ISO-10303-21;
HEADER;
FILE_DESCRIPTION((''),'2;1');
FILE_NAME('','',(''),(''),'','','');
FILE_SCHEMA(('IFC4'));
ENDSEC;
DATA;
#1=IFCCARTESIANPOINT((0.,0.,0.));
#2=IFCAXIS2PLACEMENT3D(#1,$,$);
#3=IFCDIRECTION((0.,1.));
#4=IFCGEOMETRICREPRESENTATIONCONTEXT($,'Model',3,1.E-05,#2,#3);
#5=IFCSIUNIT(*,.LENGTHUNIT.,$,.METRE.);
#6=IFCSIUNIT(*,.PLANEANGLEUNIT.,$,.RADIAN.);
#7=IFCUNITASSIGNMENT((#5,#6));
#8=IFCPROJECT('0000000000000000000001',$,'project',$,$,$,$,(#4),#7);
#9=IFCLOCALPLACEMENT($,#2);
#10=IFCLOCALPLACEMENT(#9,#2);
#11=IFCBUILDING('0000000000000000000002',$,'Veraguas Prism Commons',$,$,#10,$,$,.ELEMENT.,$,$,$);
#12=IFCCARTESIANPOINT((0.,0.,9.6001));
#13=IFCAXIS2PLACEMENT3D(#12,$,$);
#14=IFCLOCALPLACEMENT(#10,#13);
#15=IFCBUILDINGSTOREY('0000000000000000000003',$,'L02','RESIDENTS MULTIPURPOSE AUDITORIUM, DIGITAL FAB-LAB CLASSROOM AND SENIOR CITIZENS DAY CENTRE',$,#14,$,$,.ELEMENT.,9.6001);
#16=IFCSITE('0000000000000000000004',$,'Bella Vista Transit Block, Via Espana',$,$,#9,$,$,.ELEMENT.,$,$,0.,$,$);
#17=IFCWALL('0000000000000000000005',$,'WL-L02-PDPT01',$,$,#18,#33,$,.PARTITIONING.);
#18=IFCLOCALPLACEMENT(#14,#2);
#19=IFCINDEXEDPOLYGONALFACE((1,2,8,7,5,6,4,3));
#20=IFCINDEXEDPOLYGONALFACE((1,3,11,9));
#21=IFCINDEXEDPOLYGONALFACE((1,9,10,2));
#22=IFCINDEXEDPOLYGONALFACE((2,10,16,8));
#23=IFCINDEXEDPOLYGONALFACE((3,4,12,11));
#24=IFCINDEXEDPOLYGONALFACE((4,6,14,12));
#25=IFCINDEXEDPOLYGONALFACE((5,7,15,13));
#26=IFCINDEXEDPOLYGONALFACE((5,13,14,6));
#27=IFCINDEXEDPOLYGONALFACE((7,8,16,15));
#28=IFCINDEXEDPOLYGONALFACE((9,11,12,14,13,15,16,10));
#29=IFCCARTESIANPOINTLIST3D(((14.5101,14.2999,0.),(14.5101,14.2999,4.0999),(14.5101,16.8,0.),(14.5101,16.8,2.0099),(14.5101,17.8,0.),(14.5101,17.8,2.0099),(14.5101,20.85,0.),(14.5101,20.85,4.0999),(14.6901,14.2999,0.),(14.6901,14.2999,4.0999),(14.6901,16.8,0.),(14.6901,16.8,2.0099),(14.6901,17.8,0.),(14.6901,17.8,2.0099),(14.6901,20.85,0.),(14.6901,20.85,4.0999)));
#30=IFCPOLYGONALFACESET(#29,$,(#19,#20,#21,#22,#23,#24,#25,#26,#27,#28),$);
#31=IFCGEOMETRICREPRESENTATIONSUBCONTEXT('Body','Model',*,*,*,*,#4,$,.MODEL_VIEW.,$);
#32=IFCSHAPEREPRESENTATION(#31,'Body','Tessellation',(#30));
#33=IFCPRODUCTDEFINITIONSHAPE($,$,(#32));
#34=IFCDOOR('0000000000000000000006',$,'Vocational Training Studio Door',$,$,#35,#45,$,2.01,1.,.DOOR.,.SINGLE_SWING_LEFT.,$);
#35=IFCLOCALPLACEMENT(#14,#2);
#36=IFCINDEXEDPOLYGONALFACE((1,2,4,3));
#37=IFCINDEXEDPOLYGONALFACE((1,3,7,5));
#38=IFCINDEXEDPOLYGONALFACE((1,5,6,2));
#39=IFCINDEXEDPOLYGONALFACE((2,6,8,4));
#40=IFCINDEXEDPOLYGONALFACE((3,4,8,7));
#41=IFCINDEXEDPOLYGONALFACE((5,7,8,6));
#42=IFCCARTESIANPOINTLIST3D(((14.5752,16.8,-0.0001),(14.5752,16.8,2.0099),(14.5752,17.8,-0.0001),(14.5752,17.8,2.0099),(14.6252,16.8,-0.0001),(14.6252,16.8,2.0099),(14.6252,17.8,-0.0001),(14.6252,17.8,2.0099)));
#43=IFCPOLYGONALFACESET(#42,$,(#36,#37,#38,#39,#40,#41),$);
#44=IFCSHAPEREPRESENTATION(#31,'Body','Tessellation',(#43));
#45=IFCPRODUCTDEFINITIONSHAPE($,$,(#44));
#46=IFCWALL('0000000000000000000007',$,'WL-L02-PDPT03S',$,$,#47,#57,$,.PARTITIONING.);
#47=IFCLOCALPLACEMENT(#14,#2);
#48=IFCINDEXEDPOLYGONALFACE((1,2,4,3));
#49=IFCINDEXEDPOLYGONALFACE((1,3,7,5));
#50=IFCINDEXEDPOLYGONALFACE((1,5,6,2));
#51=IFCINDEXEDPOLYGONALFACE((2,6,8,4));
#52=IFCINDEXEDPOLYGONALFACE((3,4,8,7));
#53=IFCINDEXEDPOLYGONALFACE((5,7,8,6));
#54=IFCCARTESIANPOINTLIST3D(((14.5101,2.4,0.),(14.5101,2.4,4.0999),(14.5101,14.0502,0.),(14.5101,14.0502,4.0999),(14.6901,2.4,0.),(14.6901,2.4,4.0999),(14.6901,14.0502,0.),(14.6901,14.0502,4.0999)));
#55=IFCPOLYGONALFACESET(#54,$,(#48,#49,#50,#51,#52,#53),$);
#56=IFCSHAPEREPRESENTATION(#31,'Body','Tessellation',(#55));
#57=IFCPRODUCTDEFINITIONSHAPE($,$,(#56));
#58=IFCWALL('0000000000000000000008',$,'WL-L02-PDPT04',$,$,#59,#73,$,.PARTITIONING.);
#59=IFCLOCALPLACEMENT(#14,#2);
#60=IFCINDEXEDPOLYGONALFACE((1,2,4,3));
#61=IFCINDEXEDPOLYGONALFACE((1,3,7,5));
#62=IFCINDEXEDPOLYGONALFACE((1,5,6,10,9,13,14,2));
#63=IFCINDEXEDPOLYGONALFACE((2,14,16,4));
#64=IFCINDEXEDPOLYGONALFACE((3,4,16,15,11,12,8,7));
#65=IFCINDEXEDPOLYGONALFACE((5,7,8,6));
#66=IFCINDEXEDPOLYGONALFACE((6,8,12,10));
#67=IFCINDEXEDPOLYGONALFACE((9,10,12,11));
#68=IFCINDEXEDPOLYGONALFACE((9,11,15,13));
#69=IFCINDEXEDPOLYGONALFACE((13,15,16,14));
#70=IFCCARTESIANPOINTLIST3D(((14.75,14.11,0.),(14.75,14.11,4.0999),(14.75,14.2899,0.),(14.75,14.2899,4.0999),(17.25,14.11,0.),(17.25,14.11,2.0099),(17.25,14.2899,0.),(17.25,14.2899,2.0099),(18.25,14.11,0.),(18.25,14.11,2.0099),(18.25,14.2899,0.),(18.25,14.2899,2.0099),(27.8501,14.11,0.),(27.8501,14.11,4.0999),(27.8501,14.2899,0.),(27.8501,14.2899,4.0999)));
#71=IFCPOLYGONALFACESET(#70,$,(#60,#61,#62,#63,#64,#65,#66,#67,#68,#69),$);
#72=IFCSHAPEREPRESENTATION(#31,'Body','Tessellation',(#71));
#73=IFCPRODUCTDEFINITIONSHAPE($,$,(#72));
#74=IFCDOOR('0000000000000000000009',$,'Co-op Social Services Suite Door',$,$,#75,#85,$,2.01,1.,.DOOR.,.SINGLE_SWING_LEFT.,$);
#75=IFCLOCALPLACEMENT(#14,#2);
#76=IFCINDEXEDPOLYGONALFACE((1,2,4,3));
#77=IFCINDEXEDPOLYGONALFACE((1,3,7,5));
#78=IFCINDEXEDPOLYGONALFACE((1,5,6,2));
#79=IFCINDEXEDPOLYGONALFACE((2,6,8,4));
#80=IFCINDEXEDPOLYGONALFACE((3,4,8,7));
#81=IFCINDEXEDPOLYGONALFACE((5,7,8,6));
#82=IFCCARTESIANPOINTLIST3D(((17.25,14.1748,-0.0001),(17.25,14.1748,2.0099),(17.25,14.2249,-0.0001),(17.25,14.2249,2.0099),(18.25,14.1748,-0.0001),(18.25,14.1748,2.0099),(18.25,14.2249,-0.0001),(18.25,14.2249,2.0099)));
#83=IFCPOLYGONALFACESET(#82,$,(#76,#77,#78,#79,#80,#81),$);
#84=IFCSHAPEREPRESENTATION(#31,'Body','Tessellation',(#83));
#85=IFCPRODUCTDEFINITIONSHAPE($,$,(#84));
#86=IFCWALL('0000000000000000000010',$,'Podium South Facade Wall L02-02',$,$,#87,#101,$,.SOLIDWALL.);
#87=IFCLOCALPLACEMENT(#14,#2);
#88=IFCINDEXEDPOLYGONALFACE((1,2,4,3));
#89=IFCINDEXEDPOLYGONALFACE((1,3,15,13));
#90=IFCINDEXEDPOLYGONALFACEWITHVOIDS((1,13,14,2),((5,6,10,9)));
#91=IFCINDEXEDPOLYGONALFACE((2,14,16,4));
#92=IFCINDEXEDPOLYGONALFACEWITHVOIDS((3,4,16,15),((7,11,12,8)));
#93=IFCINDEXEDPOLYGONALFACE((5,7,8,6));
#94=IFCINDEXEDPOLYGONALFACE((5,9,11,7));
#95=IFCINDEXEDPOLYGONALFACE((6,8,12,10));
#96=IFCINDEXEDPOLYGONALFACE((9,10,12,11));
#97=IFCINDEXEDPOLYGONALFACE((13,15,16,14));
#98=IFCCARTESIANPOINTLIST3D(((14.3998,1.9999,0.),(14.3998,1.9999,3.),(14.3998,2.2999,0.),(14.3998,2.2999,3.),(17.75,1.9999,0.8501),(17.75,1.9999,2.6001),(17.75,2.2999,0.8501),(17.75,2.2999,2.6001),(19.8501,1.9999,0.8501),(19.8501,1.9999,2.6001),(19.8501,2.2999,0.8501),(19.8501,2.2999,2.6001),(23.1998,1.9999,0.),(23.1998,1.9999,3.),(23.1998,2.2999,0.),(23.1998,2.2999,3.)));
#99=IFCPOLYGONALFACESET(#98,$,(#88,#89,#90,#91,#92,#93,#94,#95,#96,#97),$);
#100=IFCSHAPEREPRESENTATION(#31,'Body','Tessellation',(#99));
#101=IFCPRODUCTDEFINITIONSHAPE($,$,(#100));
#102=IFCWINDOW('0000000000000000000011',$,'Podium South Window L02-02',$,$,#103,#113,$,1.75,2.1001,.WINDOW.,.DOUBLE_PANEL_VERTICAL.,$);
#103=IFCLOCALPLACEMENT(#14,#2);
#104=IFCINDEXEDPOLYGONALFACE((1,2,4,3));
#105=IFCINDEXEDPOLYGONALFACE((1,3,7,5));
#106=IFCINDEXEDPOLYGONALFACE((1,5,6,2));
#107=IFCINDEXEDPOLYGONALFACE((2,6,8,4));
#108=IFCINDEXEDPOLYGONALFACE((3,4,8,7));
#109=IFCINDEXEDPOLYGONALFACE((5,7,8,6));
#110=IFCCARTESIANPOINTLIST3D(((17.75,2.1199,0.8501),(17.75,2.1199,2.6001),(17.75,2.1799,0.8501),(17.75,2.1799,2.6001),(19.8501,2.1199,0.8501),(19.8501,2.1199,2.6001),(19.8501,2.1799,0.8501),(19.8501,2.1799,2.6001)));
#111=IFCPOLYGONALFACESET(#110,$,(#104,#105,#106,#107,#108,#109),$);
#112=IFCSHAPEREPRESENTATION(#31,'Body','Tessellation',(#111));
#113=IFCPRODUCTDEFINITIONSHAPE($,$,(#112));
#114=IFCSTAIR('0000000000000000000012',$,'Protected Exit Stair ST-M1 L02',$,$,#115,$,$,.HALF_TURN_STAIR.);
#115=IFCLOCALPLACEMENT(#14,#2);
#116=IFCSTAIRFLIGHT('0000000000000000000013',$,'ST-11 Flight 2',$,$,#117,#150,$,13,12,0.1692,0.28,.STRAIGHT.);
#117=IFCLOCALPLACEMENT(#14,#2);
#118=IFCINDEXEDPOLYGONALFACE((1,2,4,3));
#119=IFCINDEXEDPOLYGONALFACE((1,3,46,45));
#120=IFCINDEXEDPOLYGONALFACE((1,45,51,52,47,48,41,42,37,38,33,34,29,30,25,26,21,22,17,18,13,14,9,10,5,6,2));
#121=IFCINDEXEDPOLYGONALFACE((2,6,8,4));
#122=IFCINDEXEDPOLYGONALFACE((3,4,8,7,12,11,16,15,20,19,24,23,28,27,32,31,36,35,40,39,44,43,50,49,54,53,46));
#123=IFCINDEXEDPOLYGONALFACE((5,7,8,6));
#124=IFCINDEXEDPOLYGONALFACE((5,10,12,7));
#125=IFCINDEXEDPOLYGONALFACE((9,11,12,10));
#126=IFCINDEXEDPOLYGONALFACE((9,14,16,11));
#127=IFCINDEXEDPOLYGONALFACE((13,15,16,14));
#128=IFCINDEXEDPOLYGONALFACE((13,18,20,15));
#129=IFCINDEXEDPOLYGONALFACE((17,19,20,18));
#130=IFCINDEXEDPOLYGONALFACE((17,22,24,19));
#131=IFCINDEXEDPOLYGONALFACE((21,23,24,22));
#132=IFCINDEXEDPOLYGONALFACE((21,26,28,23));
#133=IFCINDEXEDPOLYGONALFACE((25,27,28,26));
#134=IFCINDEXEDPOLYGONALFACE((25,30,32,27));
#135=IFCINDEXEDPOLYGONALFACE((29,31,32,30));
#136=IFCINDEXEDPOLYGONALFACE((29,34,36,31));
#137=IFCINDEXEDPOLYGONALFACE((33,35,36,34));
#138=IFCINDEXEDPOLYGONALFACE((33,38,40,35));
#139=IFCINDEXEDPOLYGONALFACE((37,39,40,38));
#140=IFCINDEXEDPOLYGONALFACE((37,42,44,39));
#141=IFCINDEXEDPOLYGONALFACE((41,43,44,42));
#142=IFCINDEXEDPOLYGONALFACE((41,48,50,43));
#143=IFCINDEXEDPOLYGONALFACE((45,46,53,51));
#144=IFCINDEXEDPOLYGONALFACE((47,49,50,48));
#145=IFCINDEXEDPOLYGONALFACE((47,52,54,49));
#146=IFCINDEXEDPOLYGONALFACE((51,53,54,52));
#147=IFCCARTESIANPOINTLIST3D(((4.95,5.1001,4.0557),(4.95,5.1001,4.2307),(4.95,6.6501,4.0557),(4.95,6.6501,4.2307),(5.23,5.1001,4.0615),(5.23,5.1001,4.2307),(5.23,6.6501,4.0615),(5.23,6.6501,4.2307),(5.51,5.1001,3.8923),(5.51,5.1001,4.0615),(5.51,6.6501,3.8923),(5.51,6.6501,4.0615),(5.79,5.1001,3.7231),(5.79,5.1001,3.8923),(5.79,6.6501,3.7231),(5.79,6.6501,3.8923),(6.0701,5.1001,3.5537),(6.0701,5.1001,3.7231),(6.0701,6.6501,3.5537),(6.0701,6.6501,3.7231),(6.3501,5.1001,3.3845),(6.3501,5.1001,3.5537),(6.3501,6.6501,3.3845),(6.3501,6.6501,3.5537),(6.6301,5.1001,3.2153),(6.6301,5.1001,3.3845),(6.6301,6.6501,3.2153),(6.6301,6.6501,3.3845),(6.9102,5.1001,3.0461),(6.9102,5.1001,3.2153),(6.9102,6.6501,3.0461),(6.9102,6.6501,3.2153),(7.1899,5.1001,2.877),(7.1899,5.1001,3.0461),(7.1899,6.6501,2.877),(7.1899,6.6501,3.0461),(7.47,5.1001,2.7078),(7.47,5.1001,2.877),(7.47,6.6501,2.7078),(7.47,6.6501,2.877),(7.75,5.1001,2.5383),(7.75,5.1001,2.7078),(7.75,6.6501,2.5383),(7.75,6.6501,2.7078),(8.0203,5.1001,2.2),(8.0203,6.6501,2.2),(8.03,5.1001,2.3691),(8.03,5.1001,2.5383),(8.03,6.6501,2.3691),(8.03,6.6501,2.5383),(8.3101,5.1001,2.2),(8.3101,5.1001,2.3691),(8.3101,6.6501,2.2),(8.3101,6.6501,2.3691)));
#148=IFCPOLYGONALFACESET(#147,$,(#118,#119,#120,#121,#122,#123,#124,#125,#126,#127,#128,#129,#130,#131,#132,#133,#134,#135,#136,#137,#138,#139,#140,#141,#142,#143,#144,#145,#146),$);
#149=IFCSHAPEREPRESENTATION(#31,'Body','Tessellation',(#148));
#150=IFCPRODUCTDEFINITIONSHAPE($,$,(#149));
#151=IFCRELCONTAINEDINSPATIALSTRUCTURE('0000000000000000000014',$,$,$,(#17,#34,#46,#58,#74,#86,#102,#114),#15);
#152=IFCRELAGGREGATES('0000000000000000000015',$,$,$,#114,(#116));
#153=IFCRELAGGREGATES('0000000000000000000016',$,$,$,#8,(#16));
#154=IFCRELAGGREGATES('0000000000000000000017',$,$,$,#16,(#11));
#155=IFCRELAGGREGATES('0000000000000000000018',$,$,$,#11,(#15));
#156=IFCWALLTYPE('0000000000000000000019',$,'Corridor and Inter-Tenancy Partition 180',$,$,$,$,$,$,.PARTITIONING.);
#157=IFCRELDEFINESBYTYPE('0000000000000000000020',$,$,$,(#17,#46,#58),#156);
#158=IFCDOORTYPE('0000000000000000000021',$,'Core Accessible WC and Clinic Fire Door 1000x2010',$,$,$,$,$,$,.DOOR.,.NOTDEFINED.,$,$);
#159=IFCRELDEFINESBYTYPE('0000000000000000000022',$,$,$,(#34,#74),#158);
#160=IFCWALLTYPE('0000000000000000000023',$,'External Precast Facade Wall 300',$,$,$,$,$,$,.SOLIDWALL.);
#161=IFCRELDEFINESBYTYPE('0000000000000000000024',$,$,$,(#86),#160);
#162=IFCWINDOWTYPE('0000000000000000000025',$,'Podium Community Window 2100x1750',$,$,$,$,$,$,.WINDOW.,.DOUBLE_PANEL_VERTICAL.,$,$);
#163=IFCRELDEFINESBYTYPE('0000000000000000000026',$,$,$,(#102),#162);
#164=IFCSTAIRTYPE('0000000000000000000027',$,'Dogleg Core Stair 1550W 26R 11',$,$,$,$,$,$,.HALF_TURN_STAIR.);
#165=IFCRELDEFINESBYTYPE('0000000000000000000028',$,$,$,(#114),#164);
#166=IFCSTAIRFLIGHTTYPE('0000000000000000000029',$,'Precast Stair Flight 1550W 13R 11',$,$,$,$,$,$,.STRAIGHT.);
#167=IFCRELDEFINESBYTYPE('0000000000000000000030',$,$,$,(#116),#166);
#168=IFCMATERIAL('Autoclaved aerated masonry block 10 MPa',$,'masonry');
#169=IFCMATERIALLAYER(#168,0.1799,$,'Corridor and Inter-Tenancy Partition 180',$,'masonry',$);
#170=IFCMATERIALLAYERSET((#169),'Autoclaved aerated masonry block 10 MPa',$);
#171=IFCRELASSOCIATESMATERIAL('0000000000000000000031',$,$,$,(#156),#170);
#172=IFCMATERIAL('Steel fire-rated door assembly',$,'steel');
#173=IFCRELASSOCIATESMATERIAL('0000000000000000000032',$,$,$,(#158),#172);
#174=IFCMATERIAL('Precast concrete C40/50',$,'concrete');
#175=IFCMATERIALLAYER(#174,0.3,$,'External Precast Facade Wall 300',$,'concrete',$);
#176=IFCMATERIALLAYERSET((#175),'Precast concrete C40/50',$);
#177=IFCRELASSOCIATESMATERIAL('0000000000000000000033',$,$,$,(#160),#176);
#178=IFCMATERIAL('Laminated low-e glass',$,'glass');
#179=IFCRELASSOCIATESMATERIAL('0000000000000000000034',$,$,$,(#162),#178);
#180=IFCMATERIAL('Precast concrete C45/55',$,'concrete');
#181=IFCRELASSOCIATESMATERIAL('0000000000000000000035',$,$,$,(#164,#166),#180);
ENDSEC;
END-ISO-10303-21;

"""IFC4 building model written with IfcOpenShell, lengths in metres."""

from ifc_helpers import new_model, si_unit, direction, frame, frame_2d, origin, place, context, subcontext, project, spatial, polyline, rectangle, outline, extrude, source, transform, mapped, material, layer, layer_set, type_object, element, fill, aggregate, save


model = new_model("IFC4")

# Units and contexts
model_context = context("Model", 3, precision=1e-05, world=origin(), true_north=direction((0.0, 1.0)))
body_context = subcontext(model_context, "Body", "Model", "MODEL_VIEW")
ifc_project = project(units=[si_unit("LENGTHUNIT", "METRE"), si_unit("PLANEANGLEUNIT", "RADIAN")], contexts=[model_context])

# Site, building, storey
site_placement = place(None, origin())
site = spatial("IfcSite", under=ifc_project, at=site_placement, Name="Bella Vista Transit Block, Via Espana", CompositionType="ELEMENT", RefElevation=0.0)
building_placement = place(site_placement, origin())
building = spatial("IfcBuilding", under=site, at=building_placement, Name="Veraguas Prism Commons", CompositionType="ELEMENT")
storey_placement = place(building_placement, frame((0.0, 0.0, 9.6001)))
storey = spatial("IfcBuildingStorey", under=building, at=storey_placement, Name="L02", Description="RESIDENTS MULTIPURPOSE AUDITORIUM, DIGITAL FAB-LAB CLASSROOM AND SENIOR CITIZENS DAY CENTRE", CompositionType="ELEMENT", Elevation=9.6001)

# Wall, opening, door
ifc_material_1 = material(Name="Steel fire-rated door assembly", Category="steel")
ifc_material_2 = material(Name="Autoclaved aerated masonry block 10 MPa", Category="masonry")
ifc_layer_1 = layer(ifc_material_2, 0.1799, Name="Corridor and Inter-Tenancy Partition 180", Category="masonry")
ifc_layer_set_1 = layer_set([ifc_layer_1], Name="Autoclaved aerated masonry block 10 MPa")
wall_type_1 = type_object("IfcWallType", Name="Corridor and Inter-Tenancy Partition 180", PredefinedType="PARTITIONING", material=ifc_layer_set_1)
wall_1_placement = place(storey_placement, frame((14.6001, 14.3, 0.0), z_axis=(0.0, 0.0, 1.0), x_axis=(0.0, 1.0, 0.0)))
wall_1 = element("IfcWall", 1, at=wall_1_placement, inside=storey, type_object=wall_type_1, Name="WL-L02-PDPT01", PredefinedType="PARTITIONING", context=body_context, shape_type="SweptSolid", body=[
    extrude(rectangle(XDim=6.55, YDim=0.1799, at=frame_2d((3.2749, 0.0))), origin(), (0.0, 0.0, 1.0), 4.0999),
])
opening_1_placement = place(wall_1_placement, frame((2.5, 0.0, 0.0)))
opening_1 = element("IfcOpeningElement", 2, at=opening_1_placement, cuts=wall_1, PredefinedType="OPENING", context=body_context, shape_type="SweptSolid", body=[
    extrude(rectangle(XDim=1.0, YDim=2.01, at=frame_2d((0.5, 1.0049))), frame((0.0, 0.0999, 0.0), z_axis=(0.0, -1.0, 0.0), x_axis=(1.0, 0.0, 0.0)), (0.0, 0.0, 1.0), 0.2),
])
door_type_1 = type_object("IfcDoorType", Name="Core Accessible WC and Clinic Fire Door 1000x2010", OperationType="NOTDEFINED", PredefinedType="DOOR", material=ifc_material_1)
shared_shape_1 = source(origin(), body_context, "Body", "SweptSolid", [
    extrude(rectangle(XDim=1.0, YDim=2.01, at=frame_2d((0.5, 1.0049))), frame((0.0, 0.0249, 0.0), z_axis=(0.0, -1.0, 0.0), x_axis=(1.0, 0.0, 0.0)), (0.0, 0.0, 1.0), 0.05),
])
door_1_placement = place(opening_1_placement, origin())
door_1 = element("IfcDoor", 3, at=door_1_placement, inside=storey, type_object=door_type_1, Name="Vocational Training Studio Door", OperationType="SINGLE_SWING_LEFT", OverallHeight=2.01, OverallWidth=1.0, PredefinedType="DOOR", context=body_context, shape_type="MappedRepresentation", body=[
    mapped(shared_shape_1, transform((0.0, 0.0, 0.0), scale=1.0)),
])
fill(opening_1, door_1)

# Wall
wall_2_placement = place(storey_placement, frame((14.6001, 2.3999, 0.0), z_axis=(0.0, 0.0, 1.0), x_axis=(0.0, 1.0, 0.0)))
element("IfcWall", 4, at=wall_2_placement, inside=storey, type_object=wall_type_1, Name="WL-L02-PDPT03S", PredefinedType="PARTITIONING", context=body_context, shape_type="SweptSolid", body=[
    extrude(rectangle(XDim=11.6501, YDim=0.1799, at=frame_2d((5.8252, 0.0))), origin(), (0.0, 0.0, 1.0), 4.0999),
])

# Wall, opening, door
wall_3_placement = place(storey_placement, frame((14.75, 14.2, 0.0), z_axis=(0.0, 0.0, 1.0), x_axis=(1.0, 0.0, 0.0)))
wall_3 = element("IfcWall", 5, at=wall_3_placement, inside=storey, type_object=wall_type_1, Name="WL-L02-PDPT04", PredefinedType="PARTITIONING", context=body_context, shape_type="SweptSolid", body=[
    extrude(rectangle(XDim=13.1001, YDim=0.1799, at=frame_2d((6.55, 0.0))), origin(), (0.0, 0.0, 1.0), 4.0999),
])
opening_2_placement = place(wall_3_placement, frame((2.5, 0.0, 0.0)))
opening_2 = element("IfcOpeningElement", 6, at=opening_2_placement, cuts=wall_3, PredefinedType="OPENING", context=body_context, shape_type="SweptSolid", body=[
    extrude(rectangle(XDim=1.0, YDim=2.01, at=frame_2d((0.5, 1.0049))), frame((0.0, 0.0999, 0.0), z_axis=(0.0, -1.0, 0.0), x_axis=(1.0, 0.0, 0.0)), (0.0, 0.0, 1.0), 0.2),
])
door_2_placement = place(opening_2_placement, origin())
door_2 = element("IfcDoor", 7, at=door_2_placement, inside=storey, type_object=door_type_1, Name="Co-op Social Services Suite Door", OperationType="SINGLE_SWING_LEFT", OverallHeight=2.01, OverallWidth=1.0, PredefinedType="DOOR", context=body_context, shape_type="MappedRepresentation", body=[
    mapped(shared_shape_1, transform((0.0, 0.0, 0.0), scale=1.0)),
])
fill(opening_2, door_2)

# Wall, opening, window
ifc_material_3 = material(Name="Precast concrete C40/50", Category="concrete")
ifc_layer_2 = layer(ifc_material_3, 0.3, Name="External Precast Facade Wall 300", Category="concrete")
ifc_layer_set_2 = layer_set([ifc_layer_2], Name="Precast concrete C40/50")
wall_type_2 = type_object("IfcWallType", Name="External Precast Facade Wall 300", PredefinedType="SOLIDWALL", material=ifc_layer_set_2)
wall_4_placement = place(storey_placement, frame((14.3999, 2.1499, 0.0), z_axis=(0.0, 0.0, 1.0), x_axis=(1.0, 0.0, 0.0)))
wall_4 = element("IfcWall", 8, at=wall_4_placement, inside=storey, type_object=wall_type_2, Name="Podium South Facade Wall L02-02", PredefinedType="SOLIDWALL", context=body_context, shape_type="SweptSolid", body=[
    extrude(rectangle(XDim=8.8, YDim=0.3, at=frame_2d((4.3999, 0.0))), origin(), (0.0, 0.0, 1.0), 3.0),
])
opening_3_placement = place(wall_4_placement, frame((3.3501, 0.0, 0.8501)))
opening_3 = element("IfcOpeningElement", 9, at=opening_3_placement, cuts=wall_4, PredefinedType="OPENING", context=body_context, shape_type="SweptSolid", body=[
    extrude(rectangle(XDim=2.1001, YDim=1.75, at=frame_2d((1.05, 0.875))), frame((0.0, 0.1599, 0.0), z_axis=(0.0, -1.0, 0.0), x_axis=(1.0, 0.0, 0.0)), (0.0, 0.0, 1.0), 0.3201),
])
ifc_material_4 = material(Name="Laminated low-e glass", Category="glass")
window_type = type_object("IfcWindowType", Name="Podium Community Window 2100x1750", PartitioningType="DOUBLE_PANEL_VERTICAL", PredefinedType="WINDOW", material=ifc_material_4)
shared_shape_2 = source(origin(), body_context, "Body", "SweptSolid", [
    extrude(rectangle(XDim=2.1001, YDim=1.75, at=frame_2d((1.05, 0.875))), frame((0.0, 0.03, 0.0), z_axis=(0.0, -1.0, 0.0), x_axis=(1.0, 0.0, 0.0)), (0.0, 0.0, 1.0), 0.0601),
])
window_placement = place(opening_3_placement, origin())
window = element("IfcWindow", 10, at=window_placement, inside=storey, type_object=window_type, Name="Podium South Window L02-02", OverallHeight=1.75, OverallWidth=2.1001, PartitioningType="DOUBLE_PANEL_VERTICAL", PredefinedType="WINDOW", context=body_context, shape_type="MappedRepresentation", body=[
    mapped(shared_shape_2, transform((0.0, 0.0, 0.0), scale=1.0)),
])
fill(opening_3, window)

# Stair, stair flight
ifc_material_5 = material(Name="Precast concrete C45/55", Category="concrete")
stair_type = type_object("IfcStairType", Name="Dogleg Core Stair 1550W 26R 11", PredefinedType="HALF_TURN_STAIR", material=ifc_material_5)
stair_placement = place(storey_placement, origin())
stair = element("IfcStair", 11, at=stair_placement, inside=storey, type_object=stair_type, Name="Protected Exit Stair ST-M1 L02", PredefinedType="HALF_TURN_STAIR")
stair_flight_type = type_object("IfcStairFlightType", Name="Precast Stair Flight 1550W 13R 11", PredefinedType="STRAIGHT", material=ifc_material_5)
stair_flight_placement = place(storey_placement, frame((8.3101, 5.875, 2.2), z_axis=(0.0, 0.0, 1.0), x_axis=(-1.0, 0.0, 0.0)))
stair_flight = element("IfcStairFlight", 12, at=stair_flight_placement, type_object=stair_flight_type, Name="ST-11 Flight 2", NumberOfRisers=13, NumberOfTreads=12, PredefinedType="STRAIGHT", RiserHeight=0.1692, TreadLength=0.28, context=body_context, shape_type="SweptSolid", body=[
    extrude(outline(polyline([(0.0, 0.0), (0.0, 0.1692), (0.28, 0.1692), (0.28, 0.3384), (0.5601, 0.3384), (0.5601, 0.5078), (0.8401, 0.5078), (0.8401, 0.677), (1.1201, 0.677), (1.1201, 0.8462), (1.3999, 0.8462), (1.3999, 1.0154), (1.6799, 1.0154), (1.6799, 1.1846), (1.96, 1.1846), (1.96, 1.3538), (2.24, 1.3538), (2.24, 1.5232), (2.52, 1.5232), (2.52, 1.6924), (2.8, 1.6924), (2.8, 1.8616), (3.0801, 1.8616), (3.0801, 2.0308), (3.3601, 2.0308), (3.3601, 2.2), (3.3601, 1.8557), (0.2898, 0.0), (0.0, 0.0)])), frame((0.0, 0.7749, 0.0), z_axis=(0.0, -1.0, 0.0), x_axis=(1.0, 0.0, 0.0)), (0.0, 0.0, 1.0), 1.55),
])
aggregate(stair, [stair_flight])

save(model, "model.ifc")
